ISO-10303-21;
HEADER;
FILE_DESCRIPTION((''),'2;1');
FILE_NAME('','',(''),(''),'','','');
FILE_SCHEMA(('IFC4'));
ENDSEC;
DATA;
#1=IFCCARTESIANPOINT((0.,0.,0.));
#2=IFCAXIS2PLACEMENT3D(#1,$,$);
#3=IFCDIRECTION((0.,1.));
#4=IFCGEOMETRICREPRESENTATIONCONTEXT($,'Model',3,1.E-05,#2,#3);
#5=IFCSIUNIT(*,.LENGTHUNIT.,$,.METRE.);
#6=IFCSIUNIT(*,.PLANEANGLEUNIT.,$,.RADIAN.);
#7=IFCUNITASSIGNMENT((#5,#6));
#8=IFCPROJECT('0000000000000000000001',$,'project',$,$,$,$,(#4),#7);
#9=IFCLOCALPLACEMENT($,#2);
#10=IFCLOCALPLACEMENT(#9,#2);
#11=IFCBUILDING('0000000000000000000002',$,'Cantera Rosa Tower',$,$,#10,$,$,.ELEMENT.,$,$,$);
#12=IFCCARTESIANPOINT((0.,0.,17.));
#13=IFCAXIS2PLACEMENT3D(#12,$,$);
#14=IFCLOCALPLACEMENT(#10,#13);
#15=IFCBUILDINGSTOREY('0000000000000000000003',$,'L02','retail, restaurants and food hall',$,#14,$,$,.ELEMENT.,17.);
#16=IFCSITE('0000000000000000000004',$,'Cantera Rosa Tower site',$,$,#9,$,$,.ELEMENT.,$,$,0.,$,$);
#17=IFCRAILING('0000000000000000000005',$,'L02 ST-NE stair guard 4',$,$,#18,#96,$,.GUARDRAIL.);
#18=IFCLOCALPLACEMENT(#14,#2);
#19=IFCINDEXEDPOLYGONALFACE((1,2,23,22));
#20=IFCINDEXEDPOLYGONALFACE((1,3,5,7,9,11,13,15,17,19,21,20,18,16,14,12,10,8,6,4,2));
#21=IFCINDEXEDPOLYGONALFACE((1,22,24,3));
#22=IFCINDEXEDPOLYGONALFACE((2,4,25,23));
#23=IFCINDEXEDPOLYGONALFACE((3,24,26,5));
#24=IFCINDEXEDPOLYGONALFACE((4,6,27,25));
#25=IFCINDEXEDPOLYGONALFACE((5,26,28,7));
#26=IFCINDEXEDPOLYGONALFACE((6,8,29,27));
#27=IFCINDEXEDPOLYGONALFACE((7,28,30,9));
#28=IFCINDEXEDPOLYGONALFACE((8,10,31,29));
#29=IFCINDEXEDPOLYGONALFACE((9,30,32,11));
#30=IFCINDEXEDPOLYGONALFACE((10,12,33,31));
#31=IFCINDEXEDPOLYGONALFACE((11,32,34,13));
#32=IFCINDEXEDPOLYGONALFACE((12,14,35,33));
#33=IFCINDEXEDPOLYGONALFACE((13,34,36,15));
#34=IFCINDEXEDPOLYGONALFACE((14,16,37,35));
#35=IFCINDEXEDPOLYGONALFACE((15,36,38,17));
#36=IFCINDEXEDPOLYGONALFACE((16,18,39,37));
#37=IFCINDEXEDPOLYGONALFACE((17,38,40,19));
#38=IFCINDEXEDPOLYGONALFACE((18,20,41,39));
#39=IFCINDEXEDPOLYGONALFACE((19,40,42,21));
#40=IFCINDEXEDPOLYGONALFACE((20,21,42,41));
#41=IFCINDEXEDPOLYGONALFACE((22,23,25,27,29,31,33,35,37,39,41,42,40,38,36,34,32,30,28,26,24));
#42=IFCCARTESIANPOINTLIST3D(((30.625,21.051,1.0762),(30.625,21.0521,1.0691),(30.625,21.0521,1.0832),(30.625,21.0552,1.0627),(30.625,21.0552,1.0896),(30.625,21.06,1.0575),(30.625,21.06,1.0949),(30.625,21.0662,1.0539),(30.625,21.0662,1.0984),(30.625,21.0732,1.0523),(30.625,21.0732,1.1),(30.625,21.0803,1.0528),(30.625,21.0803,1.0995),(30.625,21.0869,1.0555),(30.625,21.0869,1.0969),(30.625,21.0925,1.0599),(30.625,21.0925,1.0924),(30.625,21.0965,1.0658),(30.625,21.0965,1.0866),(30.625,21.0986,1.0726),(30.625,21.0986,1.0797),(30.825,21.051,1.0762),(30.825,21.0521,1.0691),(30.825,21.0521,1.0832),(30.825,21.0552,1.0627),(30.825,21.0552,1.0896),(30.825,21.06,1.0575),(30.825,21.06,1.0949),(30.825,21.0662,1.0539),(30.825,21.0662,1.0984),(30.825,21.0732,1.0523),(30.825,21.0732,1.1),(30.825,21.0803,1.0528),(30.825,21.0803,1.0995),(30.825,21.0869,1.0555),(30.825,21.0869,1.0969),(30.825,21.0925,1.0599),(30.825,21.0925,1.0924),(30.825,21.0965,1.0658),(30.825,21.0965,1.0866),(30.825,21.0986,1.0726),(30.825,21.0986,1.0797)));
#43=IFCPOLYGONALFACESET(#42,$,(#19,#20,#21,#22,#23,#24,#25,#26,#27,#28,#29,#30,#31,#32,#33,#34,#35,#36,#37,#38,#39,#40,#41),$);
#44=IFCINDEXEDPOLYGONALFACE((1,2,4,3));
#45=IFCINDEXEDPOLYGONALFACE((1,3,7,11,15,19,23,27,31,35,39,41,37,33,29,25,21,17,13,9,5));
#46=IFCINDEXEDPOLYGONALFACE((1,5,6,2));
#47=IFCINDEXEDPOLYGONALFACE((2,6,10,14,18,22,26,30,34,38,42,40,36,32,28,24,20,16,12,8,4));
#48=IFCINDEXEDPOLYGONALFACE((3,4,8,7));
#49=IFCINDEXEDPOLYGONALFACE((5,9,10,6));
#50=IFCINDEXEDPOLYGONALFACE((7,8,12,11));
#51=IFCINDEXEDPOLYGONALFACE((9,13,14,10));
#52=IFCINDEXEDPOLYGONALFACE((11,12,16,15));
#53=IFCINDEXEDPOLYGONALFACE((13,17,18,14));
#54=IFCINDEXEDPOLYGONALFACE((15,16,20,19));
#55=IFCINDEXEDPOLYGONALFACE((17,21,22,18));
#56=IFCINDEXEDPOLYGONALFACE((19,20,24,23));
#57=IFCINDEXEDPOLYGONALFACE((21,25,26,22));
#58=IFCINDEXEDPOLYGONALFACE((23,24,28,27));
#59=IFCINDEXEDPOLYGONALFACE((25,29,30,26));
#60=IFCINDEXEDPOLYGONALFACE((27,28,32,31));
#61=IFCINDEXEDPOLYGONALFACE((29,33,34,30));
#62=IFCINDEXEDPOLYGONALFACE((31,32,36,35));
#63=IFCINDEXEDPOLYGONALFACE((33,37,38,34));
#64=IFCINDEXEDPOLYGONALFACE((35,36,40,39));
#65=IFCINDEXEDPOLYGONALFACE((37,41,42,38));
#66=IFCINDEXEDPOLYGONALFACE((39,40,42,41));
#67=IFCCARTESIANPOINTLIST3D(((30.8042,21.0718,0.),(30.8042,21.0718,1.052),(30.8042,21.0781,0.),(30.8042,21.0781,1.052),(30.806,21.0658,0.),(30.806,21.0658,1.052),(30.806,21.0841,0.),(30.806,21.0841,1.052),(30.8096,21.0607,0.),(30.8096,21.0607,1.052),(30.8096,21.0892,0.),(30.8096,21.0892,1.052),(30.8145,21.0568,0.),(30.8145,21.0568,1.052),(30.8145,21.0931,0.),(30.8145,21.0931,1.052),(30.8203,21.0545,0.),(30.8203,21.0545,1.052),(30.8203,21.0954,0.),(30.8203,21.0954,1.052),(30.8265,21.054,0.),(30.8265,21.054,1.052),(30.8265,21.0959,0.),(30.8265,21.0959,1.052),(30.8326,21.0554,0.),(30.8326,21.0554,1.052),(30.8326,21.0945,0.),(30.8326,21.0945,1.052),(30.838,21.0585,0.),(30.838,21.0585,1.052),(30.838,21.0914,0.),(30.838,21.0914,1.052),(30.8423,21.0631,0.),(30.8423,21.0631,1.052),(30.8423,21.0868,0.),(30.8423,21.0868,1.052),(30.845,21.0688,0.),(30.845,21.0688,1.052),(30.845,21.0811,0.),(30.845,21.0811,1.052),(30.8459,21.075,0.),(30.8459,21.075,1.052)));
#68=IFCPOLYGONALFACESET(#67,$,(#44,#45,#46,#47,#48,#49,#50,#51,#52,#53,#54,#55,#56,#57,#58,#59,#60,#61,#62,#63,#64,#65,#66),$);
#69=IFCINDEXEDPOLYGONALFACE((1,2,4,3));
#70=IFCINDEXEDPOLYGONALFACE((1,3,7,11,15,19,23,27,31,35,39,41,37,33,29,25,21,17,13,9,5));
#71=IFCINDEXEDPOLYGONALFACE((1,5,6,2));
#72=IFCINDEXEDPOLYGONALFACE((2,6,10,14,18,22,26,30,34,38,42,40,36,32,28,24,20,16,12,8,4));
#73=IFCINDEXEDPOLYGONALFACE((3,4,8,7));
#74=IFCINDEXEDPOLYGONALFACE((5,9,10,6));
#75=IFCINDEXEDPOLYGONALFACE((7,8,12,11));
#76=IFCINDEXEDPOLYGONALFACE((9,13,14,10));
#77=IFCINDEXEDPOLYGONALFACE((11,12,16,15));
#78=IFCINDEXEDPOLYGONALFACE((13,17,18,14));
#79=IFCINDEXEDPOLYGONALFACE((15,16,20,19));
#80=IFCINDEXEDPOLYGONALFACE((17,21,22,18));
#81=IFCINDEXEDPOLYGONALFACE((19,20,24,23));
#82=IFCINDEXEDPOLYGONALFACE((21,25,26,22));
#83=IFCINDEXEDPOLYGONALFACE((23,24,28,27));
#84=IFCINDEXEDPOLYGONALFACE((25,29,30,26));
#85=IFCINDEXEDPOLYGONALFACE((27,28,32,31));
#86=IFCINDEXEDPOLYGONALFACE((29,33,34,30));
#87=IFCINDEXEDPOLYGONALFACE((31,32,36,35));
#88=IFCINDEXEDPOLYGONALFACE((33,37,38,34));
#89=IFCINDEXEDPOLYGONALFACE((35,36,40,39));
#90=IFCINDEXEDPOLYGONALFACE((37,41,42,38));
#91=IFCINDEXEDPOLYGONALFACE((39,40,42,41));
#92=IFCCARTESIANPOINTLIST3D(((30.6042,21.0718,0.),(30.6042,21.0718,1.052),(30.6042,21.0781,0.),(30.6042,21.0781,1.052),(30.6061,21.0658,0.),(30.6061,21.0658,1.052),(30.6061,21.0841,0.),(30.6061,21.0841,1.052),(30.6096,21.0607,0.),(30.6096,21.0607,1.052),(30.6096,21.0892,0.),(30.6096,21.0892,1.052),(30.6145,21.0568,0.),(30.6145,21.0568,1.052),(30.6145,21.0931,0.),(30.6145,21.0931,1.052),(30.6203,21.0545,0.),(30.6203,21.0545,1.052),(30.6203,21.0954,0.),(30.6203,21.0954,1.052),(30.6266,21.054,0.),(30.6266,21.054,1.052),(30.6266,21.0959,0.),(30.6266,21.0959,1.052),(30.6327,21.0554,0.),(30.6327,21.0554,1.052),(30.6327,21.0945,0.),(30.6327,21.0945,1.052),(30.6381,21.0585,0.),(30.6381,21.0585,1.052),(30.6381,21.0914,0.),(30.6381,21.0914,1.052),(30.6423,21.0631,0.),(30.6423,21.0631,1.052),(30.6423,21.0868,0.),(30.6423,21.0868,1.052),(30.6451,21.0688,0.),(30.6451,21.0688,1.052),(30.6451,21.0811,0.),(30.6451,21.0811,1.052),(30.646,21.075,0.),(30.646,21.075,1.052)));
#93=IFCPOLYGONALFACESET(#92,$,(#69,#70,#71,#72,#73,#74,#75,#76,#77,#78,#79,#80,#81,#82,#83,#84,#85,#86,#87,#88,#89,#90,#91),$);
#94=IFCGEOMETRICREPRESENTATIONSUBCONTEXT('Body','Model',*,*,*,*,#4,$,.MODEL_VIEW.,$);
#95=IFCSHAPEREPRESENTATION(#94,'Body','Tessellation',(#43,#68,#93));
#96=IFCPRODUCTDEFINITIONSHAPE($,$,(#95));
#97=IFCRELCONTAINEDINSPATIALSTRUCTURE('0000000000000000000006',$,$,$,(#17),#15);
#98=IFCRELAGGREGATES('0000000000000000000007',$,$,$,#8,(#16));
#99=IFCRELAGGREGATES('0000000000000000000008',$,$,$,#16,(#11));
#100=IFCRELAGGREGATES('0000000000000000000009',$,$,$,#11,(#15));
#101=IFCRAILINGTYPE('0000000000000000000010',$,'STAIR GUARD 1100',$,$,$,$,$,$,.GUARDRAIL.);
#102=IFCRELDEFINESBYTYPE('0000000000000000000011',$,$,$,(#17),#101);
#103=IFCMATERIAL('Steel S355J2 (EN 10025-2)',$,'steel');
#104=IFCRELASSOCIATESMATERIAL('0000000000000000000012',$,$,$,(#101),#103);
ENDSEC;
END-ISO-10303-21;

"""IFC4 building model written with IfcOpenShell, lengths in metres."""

from ifc_helpers import new_model, si_unit, direction, frame, origin, origin_2d, place, context, subcontext, project, spatial, circle, extrude, material, type_object, element, save


model = new_model("IFC4")

# Units and contexts
model_context = context("Model", 3, precision=1e-05, world=origin(), true_north=direction((0.0, 1.0)))
body_context = subcontext(model_context, "Body", "Model", "MODEL_VIEW")
ifc_project = project(units=[si_unit("LENGTHUNIT", "METRE"), si_unit("PLANEANGLEUNIT", "RADIAN")], contexts=[model_context])

# Site, building, storey
site_placement = place(None, origin())
site = spatial("IfcSite", under=ifc_project, at=site_placement, Name="Cantera Rosa Tower site", CompositionType="ELEMENT", RefElevation=0.0)
building_placement = place(site_placement, origin())
building = spatial("IfcBuilding", under=site, at=building_placement, Name="Cantera Rosa Tower", CompositionType="ELEMENT")
storey_placement = place(building_placement, frame((0.0, 0.0, 17.0)))
storey = spatial("IfcBuildingStorey", under=building, at=storey_placement, Name="L02", Description="retail, restaurants and food hall", CompositionType="ELEMENT", Elevation=17.0)

# Railing
ifc_material_1 = material(Name="Steel S355J2 (EN 10025-2)", Category="steel")
railing_type_1 = type_object("IfcRailingType", Name="STAIR GUARD 1100", PredefinedType="GUARDRAIL", material=ifc_material_1)
railing_1_placement = place(storey_placement, frame((30.825, 21.075, 0.0)))
element("IfcRailing", 1, at=railing_1_placement, inside=storey, type_object=railing_type_1, Name="L02 ST-NE stair guard 4", PredefinedType="GUARDRAIL", context=body_context, shape_type="SweptSolid", body=[
    extrude(circle(Radius=0.0239, at=origin_2d()), frame((0.0, 0.0, 1.0762), z_axis=(-1.0, 0.0, 0.0), x_axis=(0.0, -1.0, 0.0)), (0.0, 0.0, 1.0), 0.2),
    extrude(circle(Radius=0.021, at=origin_2d()), origin(), (0.0, 0.0, 1.0), 1.052),
    extrude(circle(Radius=0.021, at=origin_2d()), frame((-0.2, 0.0, 0.0)), (0.0, 0.0, 1.0), 1.052),
])

save(model, "model.ifc")
